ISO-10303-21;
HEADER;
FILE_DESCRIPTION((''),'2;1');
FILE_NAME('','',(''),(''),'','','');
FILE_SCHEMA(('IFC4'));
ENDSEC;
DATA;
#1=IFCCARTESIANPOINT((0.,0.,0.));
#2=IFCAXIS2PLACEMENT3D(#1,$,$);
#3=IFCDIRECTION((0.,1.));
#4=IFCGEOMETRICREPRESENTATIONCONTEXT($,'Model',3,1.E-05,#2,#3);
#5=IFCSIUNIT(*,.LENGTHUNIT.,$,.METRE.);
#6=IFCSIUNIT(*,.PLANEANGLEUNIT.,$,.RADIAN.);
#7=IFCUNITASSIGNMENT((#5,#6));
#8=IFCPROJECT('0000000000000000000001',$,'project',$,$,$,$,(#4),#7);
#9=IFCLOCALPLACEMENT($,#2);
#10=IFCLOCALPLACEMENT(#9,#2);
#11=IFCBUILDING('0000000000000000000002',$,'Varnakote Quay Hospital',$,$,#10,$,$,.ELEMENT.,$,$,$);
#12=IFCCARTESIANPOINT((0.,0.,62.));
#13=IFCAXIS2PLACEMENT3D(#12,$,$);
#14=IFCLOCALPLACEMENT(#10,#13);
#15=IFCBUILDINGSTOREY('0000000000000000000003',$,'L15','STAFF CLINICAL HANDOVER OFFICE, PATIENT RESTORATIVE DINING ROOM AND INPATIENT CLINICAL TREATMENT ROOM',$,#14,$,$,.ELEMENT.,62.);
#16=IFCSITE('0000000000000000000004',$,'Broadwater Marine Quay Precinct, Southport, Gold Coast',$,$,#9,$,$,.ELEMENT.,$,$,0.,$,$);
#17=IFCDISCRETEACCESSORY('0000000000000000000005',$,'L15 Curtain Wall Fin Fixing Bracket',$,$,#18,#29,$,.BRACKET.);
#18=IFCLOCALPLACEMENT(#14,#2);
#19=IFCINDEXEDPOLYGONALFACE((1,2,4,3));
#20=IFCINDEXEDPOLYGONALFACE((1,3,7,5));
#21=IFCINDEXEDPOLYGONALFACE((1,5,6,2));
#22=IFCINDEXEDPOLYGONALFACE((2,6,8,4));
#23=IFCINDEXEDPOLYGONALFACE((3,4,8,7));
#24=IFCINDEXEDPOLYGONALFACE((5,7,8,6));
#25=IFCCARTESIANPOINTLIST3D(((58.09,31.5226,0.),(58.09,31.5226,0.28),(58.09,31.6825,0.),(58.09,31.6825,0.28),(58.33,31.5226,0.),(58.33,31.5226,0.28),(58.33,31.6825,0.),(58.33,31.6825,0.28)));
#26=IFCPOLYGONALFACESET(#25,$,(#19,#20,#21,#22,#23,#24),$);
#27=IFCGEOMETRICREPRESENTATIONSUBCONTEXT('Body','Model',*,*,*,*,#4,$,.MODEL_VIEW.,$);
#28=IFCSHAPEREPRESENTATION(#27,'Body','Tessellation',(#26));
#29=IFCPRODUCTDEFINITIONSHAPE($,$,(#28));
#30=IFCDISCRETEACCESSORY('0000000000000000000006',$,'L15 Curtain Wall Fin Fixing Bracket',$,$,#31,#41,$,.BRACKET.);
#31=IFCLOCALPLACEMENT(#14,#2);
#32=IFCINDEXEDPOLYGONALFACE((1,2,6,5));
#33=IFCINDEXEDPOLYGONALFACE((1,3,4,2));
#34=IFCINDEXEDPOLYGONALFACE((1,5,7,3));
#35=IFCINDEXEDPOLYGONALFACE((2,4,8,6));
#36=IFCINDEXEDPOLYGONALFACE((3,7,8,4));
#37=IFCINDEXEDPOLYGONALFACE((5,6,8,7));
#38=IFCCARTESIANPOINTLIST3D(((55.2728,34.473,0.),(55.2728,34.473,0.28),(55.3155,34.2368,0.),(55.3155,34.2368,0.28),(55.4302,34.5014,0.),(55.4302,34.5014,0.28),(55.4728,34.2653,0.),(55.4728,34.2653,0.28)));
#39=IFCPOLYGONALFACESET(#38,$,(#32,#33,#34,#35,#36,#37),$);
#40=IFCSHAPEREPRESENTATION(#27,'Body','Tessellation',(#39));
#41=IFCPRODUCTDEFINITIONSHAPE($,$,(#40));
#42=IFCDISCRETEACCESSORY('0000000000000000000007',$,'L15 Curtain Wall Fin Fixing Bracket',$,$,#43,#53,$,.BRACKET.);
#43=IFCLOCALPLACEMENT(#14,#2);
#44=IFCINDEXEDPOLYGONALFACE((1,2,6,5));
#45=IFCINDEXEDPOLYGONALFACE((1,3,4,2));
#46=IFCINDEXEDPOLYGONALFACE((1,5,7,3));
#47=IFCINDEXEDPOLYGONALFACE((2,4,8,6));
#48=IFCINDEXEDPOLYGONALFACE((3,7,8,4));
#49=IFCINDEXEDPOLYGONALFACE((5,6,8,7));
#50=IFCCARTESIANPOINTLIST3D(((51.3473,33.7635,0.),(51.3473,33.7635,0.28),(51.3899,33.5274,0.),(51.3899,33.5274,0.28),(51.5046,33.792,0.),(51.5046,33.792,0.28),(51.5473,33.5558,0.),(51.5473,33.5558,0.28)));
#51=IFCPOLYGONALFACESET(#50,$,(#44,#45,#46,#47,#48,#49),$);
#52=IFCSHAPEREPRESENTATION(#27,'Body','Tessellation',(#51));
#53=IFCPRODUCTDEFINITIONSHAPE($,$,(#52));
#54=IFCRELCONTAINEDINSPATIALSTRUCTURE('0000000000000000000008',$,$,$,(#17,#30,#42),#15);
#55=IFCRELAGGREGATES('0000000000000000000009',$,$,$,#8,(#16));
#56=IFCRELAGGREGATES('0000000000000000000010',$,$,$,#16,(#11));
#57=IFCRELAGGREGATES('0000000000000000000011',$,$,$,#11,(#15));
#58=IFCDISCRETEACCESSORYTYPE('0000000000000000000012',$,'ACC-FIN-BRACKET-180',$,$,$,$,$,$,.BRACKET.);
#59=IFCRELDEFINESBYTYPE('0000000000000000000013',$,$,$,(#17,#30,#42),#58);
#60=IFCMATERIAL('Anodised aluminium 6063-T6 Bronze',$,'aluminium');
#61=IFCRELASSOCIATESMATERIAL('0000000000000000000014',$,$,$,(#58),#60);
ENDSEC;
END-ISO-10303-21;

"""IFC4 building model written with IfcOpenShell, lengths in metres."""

from ifc_helpers import new_model, si_unit, direction, frame, origin, origin_2d, place, context, subcontext, project, spatial, rectangle, extrude, material, type_object, element, save


model = new_model("IFC4")

# Units and contexts
model_context = context("Model", 3, precision=1e-05, world=origin(), true_north=direction((0.0, 1.0)))
body_context = subcontext(model_context, "Body", "Model", "MODEL_VIEW")
ifc_project = project(units=[si_unit("LENGTHUNIT", "METRE"), si_unit("PLANEANGLEUNIT", "RADIAN")], contexts=[model_context])

# Site, building, storey
site_placement = place(None, origin())
site = spatial("IfcSite", under=ifc_project, at=site_placement, Name="Broadwater Marine Quay Precinct, Southport, Gold Coast", CompositionType="ELEMENT", RefElevation=0.0)
building_placement = place(site_placement, origin())
building = spatial("IfcBuilding", under=site, at=building_placement, Name="Varnakote Quay Hospital", CompositionType="ELEMENT")
storey_placement = place(building_placement, frame((0.0, 0.0, 62.0)))
storey = spatial("IfcBuildingStorey", under=building, at=storey_placement, Name="L15", Description="STAFF CLINICAL HANDOVER OFFICE, PATIENT RESTORATIVE DINING ROOM AND INPATIENT CLINICAL TREATMENT ROOM", CompositionType="ELEMENT", Elevation=62.0)

# Discrete accessories
ifc_material_1 = material(Name="Anodised aluminium 6063-T6 Bronze", Category="aluminium")
discrete_accessory_type = type_object("IfcDiscreteAccessoryType", Name="ACC-FIN-BRACKET-180", PredefinedType="BRACKET", material=ifc_material_1)
for number, where, z_axis, x_axis, name in (
    (1, (58.21, 31.6025, 0.0), (0.0, 0.0, 1.0), (0.0, 1.0, 0.0), "L15 Curtain Wall Fin Fixing Bracket"),
    (2, (55.3728, 34.3691, 0.0), (0.0, 0.0, 1.0), (-0.984072, -0.177772, 0.0), "L15 Curtain Wall Fin Fixing Bracket"),
    (3, (51.4473, 33.6597, 0.0), (0.0, 0.0, 1.0), (-0.984072, -0.177772, 0.0), "L15 Curtain Wall Fin Fixing Bracket"),
):
    element("IfcDiscreteAccessory", number, at=place(storey_placement, frame(where, z_axis=z_axis, x_axis=x_axis)), inside=storey, type_object=discrete_accessory_type, Name=name, PredefinedType="BRACKET", context=body_context, shape_type="SweptSolid", body=[
        extrude(rectangle(XDim=0.1599, YDim=0.24, at=origin_2d()), origin(), (0.0, 0.0, 1.0), 0.28),
    ])

save(model, "model.ifc")
